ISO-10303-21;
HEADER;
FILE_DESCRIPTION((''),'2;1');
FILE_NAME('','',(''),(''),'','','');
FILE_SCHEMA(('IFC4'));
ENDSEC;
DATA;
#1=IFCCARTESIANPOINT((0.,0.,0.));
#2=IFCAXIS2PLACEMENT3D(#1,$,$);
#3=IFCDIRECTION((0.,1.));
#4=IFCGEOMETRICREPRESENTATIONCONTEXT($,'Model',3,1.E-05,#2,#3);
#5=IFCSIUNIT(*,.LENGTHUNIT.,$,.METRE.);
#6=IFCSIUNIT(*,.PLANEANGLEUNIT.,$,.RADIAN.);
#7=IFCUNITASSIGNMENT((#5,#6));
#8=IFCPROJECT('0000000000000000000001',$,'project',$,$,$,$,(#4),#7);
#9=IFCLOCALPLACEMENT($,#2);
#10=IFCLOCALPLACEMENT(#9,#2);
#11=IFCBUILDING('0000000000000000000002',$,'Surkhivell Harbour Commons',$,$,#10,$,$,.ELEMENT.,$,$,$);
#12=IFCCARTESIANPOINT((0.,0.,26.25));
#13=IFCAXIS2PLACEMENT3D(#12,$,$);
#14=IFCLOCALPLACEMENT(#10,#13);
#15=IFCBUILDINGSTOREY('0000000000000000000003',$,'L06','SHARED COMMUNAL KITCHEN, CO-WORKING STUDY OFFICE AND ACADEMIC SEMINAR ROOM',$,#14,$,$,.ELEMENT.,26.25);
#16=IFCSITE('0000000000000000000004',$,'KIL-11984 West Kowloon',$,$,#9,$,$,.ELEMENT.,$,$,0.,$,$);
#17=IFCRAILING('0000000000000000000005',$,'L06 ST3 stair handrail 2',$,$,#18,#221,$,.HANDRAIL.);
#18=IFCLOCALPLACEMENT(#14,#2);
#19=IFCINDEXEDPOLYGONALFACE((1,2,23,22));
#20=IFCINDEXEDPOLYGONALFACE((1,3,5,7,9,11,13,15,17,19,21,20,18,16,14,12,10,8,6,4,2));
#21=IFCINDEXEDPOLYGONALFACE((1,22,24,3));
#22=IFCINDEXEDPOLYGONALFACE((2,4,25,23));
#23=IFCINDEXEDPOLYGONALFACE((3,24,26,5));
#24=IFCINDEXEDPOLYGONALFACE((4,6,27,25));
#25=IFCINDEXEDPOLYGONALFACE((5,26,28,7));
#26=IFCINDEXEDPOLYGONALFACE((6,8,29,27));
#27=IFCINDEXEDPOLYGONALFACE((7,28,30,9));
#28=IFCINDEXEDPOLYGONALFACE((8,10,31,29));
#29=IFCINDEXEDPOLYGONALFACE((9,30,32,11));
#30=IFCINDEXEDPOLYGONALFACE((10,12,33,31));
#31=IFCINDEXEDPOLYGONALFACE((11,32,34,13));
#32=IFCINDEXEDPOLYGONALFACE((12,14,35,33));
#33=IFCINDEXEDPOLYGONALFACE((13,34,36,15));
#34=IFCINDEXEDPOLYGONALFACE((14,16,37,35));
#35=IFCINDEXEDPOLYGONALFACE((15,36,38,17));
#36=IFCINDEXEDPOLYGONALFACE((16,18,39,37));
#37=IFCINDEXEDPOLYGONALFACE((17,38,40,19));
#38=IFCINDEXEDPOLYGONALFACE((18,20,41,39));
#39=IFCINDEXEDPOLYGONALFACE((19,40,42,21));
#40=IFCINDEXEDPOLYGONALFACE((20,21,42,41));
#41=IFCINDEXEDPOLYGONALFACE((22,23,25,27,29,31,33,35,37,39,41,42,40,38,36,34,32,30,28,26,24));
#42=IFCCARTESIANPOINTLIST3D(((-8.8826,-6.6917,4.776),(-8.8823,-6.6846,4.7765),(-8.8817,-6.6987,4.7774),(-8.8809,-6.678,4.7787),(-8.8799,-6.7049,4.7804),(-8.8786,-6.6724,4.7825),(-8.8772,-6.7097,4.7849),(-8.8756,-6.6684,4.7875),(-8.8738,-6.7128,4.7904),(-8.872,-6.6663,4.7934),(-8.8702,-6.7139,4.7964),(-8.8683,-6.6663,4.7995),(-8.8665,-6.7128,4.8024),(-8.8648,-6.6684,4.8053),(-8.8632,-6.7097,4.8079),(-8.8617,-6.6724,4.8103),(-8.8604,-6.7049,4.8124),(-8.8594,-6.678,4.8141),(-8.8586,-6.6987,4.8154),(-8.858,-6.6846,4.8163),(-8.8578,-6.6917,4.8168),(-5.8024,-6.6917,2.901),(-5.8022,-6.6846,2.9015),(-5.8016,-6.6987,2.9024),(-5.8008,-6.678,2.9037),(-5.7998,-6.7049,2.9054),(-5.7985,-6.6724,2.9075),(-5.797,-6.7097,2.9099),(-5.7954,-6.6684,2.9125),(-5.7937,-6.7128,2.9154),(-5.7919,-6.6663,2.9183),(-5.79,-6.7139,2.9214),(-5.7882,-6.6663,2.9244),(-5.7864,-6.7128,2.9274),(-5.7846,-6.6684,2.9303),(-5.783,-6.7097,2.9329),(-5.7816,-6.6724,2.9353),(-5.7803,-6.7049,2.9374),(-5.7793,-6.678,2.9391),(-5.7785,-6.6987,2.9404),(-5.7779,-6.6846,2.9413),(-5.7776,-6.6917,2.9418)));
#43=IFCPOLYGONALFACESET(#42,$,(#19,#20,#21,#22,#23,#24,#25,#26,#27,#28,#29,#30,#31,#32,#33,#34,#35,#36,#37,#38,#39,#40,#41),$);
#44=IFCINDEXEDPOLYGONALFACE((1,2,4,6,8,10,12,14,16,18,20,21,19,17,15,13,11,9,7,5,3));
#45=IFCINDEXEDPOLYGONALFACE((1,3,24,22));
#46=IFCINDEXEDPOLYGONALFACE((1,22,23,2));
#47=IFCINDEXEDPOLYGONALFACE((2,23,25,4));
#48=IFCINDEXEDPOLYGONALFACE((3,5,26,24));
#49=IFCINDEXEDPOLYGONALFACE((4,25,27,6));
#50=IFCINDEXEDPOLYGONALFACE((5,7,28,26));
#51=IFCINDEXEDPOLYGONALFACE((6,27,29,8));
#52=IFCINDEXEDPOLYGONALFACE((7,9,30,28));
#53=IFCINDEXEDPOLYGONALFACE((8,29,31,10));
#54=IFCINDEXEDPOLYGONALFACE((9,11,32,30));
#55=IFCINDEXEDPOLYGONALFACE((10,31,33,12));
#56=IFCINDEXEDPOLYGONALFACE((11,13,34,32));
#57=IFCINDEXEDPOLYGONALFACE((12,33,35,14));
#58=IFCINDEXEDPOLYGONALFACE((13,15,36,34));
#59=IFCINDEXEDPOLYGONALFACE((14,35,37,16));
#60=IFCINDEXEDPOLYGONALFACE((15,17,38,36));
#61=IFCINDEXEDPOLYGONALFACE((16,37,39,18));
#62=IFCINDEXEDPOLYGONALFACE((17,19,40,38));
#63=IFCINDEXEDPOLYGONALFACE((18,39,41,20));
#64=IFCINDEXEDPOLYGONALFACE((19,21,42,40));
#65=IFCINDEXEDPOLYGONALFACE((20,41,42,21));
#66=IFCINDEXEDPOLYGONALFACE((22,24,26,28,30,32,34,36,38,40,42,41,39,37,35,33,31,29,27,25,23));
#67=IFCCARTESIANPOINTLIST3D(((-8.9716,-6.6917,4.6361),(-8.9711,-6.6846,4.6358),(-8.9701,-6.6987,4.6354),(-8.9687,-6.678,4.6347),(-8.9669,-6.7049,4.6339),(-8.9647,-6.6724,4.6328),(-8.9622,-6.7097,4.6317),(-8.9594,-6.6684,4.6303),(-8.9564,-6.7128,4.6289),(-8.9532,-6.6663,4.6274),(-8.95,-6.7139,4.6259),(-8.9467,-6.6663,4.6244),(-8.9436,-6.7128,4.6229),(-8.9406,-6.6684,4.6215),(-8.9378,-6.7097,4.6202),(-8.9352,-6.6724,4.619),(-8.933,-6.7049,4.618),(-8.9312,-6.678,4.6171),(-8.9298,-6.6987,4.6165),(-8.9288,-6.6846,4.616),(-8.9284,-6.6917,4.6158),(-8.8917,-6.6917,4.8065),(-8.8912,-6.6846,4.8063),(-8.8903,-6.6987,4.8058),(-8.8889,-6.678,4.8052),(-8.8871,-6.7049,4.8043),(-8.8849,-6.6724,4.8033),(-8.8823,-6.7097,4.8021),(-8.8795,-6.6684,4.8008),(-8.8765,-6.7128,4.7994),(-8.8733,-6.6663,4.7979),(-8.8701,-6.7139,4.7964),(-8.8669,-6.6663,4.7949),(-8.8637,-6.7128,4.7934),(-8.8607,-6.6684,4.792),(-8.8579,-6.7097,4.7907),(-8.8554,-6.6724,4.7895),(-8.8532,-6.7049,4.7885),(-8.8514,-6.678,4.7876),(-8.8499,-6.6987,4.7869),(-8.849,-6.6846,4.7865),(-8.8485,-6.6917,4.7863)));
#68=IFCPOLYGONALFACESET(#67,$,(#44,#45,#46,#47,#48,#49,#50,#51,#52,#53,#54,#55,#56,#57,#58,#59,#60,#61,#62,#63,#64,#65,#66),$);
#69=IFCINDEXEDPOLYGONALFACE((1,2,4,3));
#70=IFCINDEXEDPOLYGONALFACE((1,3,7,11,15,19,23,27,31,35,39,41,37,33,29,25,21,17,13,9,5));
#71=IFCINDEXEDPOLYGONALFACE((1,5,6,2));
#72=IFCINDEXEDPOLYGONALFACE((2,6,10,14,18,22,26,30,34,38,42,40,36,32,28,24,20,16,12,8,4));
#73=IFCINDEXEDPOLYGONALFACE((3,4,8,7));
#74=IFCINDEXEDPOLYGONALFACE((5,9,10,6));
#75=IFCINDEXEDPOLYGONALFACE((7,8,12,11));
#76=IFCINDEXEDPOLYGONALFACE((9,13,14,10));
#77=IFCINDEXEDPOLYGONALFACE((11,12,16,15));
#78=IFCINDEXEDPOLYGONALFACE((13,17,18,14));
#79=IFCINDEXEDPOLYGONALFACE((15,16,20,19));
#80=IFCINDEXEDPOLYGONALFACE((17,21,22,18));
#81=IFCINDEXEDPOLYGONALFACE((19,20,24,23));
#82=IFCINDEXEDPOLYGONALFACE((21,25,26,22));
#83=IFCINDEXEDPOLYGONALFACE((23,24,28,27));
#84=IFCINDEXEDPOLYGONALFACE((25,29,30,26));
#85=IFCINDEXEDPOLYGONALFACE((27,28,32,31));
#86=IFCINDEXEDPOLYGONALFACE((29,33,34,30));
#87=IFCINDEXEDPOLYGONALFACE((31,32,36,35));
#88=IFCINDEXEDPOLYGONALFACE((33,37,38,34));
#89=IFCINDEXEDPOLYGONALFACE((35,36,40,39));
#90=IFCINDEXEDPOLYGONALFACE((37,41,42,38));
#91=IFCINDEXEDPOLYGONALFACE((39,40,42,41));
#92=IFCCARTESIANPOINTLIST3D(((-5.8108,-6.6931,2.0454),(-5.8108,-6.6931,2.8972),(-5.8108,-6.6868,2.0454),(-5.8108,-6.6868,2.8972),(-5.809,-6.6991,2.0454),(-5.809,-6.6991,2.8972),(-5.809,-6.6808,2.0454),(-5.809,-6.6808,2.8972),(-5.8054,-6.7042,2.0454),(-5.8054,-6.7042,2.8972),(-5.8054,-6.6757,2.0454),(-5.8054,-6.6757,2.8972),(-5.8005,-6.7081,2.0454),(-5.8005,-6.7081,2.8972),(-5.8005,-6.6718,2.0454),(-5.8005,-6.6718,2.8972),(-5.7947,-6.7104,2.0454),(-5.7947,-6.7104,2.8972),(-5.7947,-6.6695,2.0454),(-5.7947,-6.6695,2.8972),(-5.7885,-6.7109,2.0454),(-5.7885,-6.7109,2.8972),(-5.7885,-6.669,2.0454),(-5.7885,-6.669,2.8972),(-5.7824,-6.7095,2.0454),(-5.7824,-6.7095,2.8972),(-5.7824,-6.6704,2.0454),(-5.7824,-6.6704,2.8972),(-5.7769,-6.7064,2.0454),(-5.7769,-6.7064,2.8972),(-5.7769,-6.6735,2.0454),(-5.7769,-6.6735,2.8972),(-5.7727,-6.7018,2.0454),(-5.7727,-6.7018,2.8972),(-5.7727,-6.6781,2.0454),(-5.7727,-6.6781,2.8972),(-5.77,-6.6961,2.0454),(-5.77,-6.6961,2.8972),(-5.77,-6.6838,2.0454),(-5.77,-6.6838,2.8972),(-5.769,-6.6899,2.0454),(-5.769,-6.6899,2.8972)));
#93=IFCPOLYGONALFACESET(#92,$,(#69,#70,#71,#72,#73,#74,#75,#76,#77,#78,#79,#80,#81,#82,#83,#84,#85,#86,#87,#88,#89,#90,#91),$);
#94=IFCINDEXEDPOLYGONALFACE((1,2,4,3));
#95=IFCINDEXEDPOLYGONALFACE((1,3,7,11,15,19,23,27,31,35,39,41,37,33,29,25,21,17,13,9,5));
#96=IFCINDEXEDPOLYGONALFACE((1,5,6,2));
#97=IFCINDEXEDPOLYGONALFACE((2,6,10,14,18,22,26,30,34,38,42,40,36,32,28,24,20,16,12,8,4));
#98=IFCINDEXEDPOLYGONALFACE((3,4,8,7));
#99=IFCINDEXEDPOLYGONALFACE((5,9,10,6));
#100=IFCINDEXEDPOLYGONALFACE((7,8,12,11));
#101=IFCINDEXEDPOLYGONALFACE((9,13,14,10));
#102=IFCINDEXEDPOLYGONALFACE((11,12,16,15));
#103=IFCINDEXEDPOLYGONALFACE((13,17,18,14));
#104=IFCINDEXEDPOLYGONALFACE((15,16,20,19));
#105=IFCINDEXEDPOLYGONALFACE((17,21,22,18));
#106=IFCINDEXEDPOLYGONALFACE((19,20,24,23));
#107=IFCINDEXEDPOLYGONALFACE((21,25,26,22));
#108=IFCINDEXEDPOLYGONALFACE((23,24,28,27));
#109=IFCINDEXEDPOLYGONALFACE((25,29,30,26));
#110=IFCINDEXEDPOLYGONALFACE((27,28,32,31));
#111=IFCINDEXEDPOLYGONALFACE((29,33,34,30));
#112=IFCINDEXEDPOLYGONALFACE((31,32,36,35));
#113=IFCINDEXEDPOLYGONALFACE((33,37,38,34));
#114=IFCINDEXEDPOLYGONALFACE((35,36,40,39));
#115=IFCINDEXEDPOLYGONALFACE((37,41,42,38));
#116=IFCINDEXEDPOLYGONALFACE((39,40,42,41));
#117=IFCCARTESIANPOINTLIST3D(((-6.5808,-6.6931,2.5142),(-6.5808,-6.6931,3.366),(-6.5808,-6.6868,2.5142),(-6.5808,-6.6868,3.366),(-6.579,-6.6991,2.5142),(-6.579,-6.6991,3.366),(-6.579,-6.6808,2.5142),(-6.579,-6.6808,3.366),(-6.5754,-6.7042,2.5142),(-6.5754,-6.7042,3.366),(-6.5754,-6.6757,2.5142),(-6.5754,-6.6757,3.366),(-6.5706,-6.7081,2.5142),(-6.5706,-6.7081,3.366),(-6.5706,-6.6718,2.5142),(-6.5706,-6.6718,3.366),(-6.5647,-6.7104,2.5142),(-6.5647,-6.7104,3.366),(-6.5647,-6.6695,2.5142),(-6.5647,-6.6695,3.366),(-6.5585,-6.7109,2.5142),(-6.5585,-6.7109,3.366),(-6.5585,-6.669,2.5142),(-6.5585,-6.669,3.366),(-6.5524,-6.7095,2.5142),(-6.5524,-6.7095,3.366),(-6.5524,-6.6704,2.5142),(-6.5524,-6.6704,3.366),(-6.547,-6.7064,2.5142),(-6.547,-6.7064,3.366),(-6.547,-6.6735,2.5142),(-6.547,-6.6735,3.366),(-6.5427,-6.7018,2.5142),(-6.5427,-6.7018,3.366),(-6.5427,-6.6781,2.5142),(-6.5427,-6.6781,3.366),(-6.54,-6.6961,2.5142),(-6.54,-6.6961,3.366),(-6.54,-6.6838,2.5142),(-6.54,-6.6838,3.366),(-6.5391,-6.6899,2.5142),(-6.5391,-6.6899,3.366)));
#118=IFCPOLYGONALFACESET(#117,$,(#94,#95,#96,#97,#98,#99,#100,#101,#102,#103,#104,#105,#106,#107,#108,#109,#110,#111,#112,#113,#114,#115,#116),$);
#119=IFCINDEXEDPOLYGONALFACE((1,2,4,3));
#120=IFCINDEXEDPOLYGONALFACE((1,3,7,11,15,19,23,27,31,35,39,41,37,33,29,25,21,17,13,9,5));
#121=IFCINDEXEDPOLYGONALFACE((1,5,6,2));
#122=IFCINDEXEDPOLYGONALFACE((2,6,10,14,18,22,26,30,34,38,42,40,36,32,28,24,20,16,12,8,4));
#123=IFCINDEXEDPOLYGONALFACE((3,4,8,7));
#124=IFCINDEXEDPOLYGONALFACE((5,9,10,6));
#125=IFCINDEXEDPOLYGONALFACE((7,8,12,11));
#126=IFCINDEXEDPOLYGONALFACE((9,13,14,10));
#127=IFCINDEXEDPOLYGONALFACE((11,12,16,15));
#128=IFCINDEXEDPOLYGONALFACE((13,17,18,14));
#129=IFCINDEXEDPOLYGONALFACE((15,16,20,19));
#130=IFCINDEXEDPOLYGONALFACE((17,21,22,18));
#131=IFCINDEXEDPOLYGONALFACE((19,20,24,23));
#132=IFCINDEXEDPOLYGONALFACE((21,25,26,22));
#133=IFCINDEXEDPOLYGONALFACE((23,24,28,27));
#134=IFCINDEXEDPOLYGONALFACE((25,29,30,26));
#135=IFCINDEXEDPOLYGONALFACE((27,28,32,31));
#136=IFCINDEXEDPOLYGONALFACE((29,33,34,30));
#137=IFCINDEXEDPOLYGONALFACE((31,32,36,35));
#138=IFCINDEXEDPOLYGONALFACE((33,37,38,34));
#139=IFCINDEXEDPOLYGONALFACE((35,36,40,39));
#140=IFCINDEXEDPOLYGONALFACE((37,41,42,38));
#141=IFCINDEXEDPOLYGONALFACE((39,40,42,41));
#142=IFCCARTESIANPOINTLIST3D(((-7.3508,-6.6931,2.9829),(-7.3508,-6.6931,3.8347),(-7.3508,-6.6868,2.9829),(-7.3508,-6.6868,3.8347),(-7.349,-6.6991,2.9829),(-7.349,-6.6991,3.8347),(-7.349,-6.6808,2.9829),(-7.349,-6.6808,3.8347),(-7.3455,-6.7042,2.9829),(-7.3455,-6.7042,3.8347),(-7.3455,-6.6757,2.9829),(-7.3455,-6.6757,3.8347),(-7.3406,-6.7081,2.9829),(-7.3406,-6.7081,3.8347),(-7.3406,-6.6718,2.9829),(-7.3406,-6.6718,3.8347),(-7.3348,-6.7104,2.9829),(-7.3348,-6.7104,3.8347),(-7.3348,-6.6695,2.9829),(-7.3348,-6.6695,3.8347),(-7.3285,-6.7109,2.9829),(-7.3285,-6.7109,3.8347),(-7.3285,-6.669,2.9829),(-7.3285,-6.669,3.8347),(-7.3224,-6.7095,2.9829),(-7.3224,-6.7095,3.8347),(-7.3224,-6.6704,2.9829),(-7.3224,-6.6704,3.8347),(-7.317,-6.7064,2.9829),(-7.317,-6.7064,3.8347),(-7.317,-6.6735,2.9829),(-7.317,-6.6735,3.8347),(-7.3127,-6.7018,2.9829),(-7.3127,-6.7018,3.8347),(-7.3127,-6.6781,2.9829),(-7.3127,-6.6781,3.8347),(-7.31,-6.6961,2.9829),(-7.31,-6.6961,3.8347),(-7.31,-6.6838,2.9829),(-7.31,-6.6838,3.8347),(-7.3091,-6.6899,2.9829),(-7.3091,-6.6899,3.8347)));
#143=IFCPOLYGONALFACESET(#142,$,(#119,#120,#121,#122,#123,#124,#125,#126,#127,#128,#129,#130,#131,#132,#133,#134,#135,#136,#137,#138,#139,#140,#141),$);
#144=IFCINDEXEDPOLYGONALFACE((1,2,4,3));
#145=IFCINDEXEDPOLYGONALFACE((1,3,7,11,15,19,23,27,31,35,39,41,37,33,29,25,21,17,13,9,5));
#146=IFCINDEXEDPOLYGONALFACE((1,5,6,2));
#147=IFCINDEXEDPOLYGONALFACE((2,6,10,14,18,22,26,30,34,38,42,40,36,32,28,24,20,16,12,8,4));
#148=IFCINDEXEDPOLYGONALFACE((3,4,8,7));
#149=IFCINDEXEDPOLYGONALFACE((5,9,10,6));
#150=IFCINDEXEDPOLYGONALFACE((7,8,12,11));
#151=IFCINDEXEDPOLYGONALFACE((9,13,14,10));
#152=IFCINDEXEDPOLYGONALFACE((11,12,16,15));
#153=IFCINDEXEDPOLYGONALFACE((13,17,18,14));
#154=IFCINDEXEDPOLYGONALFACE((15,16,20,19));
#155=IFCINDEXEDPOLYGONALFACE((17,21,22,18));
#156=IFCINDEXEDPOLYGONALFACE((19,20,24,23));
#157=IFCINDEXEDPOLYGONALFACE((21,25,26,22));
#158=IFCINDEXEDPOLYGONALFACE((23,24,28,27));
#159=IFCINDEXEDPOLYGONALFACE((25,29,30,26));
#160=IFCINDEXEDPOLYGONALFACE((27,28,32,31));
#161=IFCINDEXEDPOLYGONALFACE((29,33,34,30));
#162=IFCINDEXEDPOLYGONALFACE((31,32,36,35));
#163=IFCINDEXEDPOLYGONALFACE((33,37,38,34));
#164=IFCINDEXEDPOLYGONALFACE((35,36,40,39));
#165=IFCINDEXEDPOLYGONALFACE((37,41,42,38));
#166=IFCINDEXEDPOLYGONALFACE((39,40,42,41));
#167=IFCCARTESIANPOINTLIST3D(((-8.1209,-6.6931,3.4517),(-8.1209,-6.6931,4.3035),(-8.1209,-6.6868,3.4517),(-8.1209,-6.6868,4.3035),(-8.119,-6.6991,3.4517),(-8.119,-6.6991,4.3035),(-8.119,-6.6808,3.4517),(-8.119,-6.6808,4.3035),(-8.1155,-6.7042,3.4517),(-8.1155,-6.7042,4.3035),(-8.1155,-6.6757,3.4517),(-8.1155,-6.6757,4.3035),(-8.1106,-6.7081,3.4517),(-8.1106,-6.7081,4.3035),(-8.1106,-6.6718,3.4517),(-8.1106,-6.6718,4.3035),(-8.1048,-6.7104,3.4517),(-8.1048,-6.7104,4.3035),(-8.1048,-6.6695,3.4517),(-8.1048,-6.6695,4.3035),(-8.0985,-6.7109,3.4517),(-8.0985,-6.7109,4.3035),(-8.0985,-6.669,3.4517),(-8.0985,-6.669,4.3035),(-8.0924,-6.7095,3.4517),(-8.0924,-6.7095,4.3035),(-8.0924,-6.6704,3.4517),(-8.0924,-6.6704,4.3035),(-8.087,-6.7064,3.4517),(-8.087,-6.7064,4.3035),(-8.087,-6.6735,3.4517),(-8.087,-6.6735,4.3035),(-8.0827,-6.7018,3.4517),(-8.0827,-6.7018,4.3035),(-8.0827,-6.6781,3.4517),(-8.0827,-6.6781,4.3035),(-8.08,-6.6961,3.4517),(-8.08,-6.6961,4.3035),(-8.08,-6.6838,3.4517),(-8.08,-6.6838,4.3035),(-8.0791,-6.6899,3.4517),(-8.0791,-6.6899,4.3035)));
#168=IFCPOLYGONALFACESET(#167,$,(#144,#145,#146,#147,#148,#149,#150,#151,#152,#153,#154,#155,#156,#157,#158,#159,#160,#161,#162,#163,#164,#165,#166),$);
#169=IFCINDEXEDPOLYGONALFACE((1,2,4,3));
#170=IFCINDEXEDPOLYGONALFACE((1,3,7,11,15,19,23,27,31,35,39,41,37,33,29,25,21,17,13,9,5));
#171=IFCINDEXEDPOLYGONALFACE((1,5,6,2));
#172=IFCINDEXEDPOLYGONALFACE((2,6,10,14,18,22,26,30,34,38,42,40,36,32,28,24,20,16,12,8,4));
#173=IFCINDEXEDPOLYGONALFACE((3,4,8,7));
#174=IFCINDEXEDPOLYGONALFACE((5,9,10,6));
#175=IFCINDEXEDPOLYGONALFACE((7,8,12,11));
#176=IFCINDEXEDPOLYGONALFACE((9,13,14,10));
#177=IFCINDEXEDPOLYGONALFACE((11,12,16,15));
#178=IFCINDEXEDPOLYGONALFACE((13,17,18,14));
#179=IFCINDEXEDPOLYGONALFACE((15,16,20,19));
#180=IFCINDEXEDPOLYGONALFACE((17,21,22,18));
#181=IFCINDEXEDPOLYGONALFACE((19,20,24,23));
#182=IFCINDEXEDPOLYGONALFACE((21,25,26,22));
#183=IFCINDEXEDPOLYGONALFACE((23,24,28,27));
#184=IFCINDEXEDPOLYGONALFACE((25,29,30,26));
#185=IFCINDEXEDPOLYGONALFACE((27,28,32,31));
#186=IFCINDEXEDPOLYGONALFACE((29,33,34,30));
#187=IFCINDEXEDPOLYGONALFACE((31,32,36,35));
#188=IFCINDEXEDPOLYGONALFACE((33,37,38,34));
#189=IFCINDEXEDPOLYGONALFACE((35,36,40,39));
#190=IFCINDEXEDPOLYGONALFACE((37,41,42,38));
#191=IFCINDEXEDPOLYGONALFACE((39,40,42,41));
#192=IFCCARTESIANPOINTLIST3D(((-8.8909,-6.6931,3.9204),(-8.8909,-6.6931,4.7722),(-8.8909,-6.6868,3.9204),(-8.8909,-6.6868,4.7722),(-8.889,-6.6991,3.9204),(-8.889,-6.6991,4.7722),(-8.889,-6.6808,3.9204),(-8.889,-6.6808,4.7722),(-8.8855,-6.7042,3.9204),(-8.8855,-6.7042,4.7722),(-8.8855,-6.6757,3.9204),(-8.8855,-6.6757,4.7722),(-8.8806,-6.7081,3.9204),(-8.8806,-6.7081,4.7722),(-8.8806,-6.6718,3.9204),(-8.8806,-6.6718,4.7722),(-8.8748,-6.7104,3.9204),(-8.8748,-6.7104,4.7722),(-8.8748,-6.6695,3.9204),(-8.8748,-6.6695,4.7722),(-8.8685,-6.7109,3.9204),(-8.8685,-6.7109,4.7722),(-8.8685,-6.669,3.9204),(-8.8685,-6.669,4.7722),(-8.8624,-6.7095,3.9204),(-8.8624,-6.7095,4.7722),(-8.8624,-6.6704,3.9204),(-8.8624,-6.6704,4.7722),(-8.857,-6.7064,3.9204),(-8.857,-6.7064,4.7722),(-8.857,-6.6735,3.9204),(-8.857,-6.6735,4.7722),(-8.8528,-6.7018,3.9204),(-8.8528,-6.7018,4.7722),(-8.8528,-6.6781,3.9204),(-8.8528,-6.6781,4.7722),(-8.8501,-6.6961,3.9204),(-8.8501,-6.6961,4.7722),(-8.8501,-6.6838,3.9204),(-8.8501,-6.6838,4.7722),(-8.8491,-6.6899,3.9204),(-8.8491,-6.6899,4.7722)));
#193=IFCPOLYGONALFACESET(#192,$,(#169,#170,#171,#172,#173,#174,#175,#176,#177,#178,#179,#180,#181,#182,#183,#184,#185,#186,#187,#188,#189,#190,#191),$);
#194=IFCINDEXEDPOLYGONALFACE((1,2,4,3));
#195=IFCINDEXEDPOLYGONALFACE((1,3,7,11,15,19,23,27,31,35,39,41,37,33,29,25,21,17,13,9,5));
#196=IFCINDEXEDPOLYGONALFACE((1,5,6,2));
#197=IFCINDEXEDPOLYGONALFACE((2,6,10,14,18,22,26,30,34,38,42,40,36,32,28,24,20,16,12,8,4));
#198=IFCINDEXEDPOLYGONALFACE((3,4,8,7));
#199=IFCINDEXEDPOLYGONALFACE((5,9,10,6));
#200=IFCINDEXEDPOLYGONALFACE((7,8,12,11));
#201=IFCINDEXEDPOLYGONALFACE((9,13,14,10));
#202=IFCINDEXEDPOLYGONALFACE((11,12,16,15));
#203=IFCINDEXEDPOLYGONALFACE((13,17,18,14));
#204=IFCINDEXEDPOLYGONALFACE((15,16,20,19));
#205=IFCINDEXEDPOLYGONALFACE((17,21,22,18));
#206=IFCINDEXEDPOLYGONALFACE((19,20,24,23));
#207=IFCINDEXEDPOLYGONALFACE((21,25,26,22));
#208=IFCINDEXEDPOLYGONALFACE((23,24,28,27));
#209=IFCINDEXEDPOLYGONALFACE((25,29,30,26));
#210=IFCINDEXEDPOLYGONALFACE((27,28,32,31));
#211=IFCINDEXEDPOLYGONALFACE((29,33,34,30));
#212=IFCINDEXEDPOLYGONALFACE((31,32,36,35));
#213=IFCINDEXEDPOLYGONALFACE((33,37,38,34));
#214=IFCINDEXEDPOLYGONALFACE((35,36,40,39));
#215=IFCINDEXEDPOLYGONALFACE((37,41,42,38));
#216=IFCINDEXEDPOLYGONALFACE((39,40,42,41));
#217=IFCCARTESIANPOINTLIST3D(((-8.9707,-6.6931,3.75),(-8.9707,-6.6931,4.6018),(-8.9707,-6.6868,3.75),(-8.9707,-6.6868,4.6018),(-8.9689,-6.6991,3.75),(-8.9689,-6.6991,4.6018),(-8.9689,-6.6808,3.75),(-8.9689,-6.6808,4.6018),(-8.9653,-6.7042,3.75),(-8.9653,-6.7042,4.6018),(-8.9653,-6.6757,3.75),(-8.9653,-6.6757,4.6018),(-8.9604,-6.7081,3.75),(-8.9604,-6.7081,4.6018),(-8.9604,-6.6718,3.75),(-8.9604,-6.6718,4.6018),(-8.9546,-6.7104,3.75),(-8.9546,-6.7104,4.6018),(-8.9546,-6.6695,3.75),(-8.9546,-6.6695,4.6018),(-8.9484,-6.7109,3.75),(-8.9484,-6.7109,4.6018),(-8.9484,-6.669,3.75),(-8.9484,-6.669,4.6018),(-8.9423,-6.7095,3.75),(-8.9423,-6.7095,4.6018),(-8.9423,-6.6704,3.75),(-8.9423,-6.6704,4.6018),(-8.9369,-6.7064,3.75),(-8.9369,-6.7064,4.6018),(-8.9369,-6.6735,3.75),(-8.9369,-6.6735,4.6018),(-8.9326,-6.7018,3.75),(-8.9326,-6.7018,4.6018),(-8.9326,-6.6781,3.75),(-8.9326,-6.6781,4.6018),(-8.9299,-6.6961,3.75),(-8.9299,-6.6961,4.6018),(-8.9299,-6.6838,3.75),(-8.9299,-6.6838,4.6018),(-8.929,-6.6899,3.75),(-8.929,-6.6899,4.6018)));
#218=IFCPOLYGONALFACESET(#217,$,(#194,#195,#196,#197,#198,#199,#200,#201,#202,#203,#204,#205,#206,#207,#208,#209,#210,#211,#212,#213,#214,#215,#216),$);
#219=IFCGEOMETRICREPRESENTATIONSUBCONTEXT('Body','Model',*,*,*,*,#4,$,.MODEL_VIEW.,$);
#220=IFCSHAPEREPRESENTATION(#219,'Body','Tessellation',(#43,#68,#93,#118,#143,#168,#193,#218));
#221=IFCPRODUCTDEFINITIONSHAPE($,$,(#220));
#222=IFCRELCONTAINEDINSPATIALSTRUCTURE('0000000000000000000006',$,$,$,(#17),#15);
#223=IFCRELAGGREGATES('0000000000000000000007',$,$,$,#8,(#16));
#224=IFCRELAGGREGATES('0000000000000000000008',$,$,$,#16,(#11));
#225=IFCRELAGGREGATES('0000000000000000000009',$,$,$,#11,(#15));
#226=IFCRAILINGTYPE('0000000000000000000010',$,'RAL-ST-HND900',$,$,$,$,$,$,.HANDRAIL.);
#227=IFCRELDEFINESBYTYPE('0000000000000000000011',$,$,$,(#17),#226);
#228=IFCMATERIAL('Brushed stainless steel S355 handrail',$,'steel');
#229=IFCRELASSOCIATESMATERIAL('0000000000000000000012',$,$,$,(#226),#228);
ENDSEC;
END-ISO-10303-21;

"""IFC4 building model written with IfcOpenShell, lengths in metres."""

from ifc_helpers import new_model, si_unit, direction, frame, origin, origin_2d, place, context, subcontext, project, spatial, circle, extrude, material, type_object, element, save


model = new_model("IFC4")

# Units and contexts
model_context = context("Model", 3, precision=1e-05, world=origin(), true_north=direction((0.0, 1.0)))
body_context = subcontext(model_context, "Body", "Model", "MODEL_VIEW")
ifc_project = project(units=[si_unit("LENGTHUNIT", "METRE"), si_unit("PLANEANGLEUNIT", "RADIAN")], contexts=[model_context])

# Site, building, storey
site_placement = place(None, origin())
site = spatial("IfcSite", under=ifc_project, at=site_placement, Name="KIL-11984 West Kowloon", CompositionType="ELEMENT", RefElevation=0.0)
building_placement = place(site_placement, origin())
building = spatial("IfcBuilding", under=site, at=building_placement, Name="Surkhivell Harbour Commons", CompositionType="ELEMENT")
storey_placement = place(building_placement, frame((0.0, 0.0, 26.25)))
storey = spatial("IfcBuildingStorey", under=building, at=storey_placement, Name="L06", Description="SHARED COMMUNAL KITCHEN, CO-WORKING STUDY OFFICE AND ACADEMIC SEMINAR ROOM", CompositionType="ELEMENT", Elevation=26.25)

# Railing
ifc_material_1 = material(Name="Brushed stainless steel S355 handrail", Category="steel")
railing_type_1 = type_object("IfcRailingType", Name="RAL-ST-HND900", PredefinedType="HANDRAIL", material=ifc_material_1)
railing_1_placement = place(storey_placement, frame((-5.79, -6.6899, 2.0454)))
element("IfcRailing", 1, at=railing_1_placement, inside=storey, type_object=railing_type_1, Name="L06 ST3 stair handrail 2", PredefinedType="HANDRAIL", context=body_context, shape_type="SweptSolid", body=[
    extrude(circle(Radius=0.0239, at=origin_2d()), frame((0.0, 0.0, 0.876), z_axis=(-0.854178, 0.0, 0.519981), x_axis=(0.0, -1.0, 0.0)), (0.0, 0.0, 1.0), 3.606),
    extrude(circle(Radius=0.0239, at=origin_2d()), frame((-3.0801, 0.0, 2.751), z_axis=(-0.424234, 0.0, -0.905552), x_axis=(0.0, -1.0, 0.0)), (0.0, 0.0, 1.0), 0.1882),
    extrude(circle(Radius=0.021, at=origin_2d()), origin(), (0.0, 0.0, 1.0), 0.8518),
    extrude(circle(Radius=0.021, at=origin_2d()), frame((-0.77, 0.0, 0.4688)), (0.0, 0.0, 1.0), 0.8518),
    extrude(circle(Radius=0.021, at=origin_2d()), frame((-1.54, 0.0, 0.9375)), (0.0, 0.0, 1.0), 0.8518),
    extrude(circle(Radius=0.021, at=origin_2d()), frame((-2.3101, 0.0, 1.4062)), (0.0, 0.0, 1.0), 0.8518),
    extrude(circle(Radius=0.021, at=origin_2d()), frame((-3.0801, 0.0, 1.875)), (0.0, 0.0, 1.0), 0.8518),
    extrude(circle(Radius=0.021, at=origin_2d()), frame((-3.1599, 0.0, 1.7046)), (0.0, 0.0, 1.0), 0.8518),
])

save(model, "model.ifc")
